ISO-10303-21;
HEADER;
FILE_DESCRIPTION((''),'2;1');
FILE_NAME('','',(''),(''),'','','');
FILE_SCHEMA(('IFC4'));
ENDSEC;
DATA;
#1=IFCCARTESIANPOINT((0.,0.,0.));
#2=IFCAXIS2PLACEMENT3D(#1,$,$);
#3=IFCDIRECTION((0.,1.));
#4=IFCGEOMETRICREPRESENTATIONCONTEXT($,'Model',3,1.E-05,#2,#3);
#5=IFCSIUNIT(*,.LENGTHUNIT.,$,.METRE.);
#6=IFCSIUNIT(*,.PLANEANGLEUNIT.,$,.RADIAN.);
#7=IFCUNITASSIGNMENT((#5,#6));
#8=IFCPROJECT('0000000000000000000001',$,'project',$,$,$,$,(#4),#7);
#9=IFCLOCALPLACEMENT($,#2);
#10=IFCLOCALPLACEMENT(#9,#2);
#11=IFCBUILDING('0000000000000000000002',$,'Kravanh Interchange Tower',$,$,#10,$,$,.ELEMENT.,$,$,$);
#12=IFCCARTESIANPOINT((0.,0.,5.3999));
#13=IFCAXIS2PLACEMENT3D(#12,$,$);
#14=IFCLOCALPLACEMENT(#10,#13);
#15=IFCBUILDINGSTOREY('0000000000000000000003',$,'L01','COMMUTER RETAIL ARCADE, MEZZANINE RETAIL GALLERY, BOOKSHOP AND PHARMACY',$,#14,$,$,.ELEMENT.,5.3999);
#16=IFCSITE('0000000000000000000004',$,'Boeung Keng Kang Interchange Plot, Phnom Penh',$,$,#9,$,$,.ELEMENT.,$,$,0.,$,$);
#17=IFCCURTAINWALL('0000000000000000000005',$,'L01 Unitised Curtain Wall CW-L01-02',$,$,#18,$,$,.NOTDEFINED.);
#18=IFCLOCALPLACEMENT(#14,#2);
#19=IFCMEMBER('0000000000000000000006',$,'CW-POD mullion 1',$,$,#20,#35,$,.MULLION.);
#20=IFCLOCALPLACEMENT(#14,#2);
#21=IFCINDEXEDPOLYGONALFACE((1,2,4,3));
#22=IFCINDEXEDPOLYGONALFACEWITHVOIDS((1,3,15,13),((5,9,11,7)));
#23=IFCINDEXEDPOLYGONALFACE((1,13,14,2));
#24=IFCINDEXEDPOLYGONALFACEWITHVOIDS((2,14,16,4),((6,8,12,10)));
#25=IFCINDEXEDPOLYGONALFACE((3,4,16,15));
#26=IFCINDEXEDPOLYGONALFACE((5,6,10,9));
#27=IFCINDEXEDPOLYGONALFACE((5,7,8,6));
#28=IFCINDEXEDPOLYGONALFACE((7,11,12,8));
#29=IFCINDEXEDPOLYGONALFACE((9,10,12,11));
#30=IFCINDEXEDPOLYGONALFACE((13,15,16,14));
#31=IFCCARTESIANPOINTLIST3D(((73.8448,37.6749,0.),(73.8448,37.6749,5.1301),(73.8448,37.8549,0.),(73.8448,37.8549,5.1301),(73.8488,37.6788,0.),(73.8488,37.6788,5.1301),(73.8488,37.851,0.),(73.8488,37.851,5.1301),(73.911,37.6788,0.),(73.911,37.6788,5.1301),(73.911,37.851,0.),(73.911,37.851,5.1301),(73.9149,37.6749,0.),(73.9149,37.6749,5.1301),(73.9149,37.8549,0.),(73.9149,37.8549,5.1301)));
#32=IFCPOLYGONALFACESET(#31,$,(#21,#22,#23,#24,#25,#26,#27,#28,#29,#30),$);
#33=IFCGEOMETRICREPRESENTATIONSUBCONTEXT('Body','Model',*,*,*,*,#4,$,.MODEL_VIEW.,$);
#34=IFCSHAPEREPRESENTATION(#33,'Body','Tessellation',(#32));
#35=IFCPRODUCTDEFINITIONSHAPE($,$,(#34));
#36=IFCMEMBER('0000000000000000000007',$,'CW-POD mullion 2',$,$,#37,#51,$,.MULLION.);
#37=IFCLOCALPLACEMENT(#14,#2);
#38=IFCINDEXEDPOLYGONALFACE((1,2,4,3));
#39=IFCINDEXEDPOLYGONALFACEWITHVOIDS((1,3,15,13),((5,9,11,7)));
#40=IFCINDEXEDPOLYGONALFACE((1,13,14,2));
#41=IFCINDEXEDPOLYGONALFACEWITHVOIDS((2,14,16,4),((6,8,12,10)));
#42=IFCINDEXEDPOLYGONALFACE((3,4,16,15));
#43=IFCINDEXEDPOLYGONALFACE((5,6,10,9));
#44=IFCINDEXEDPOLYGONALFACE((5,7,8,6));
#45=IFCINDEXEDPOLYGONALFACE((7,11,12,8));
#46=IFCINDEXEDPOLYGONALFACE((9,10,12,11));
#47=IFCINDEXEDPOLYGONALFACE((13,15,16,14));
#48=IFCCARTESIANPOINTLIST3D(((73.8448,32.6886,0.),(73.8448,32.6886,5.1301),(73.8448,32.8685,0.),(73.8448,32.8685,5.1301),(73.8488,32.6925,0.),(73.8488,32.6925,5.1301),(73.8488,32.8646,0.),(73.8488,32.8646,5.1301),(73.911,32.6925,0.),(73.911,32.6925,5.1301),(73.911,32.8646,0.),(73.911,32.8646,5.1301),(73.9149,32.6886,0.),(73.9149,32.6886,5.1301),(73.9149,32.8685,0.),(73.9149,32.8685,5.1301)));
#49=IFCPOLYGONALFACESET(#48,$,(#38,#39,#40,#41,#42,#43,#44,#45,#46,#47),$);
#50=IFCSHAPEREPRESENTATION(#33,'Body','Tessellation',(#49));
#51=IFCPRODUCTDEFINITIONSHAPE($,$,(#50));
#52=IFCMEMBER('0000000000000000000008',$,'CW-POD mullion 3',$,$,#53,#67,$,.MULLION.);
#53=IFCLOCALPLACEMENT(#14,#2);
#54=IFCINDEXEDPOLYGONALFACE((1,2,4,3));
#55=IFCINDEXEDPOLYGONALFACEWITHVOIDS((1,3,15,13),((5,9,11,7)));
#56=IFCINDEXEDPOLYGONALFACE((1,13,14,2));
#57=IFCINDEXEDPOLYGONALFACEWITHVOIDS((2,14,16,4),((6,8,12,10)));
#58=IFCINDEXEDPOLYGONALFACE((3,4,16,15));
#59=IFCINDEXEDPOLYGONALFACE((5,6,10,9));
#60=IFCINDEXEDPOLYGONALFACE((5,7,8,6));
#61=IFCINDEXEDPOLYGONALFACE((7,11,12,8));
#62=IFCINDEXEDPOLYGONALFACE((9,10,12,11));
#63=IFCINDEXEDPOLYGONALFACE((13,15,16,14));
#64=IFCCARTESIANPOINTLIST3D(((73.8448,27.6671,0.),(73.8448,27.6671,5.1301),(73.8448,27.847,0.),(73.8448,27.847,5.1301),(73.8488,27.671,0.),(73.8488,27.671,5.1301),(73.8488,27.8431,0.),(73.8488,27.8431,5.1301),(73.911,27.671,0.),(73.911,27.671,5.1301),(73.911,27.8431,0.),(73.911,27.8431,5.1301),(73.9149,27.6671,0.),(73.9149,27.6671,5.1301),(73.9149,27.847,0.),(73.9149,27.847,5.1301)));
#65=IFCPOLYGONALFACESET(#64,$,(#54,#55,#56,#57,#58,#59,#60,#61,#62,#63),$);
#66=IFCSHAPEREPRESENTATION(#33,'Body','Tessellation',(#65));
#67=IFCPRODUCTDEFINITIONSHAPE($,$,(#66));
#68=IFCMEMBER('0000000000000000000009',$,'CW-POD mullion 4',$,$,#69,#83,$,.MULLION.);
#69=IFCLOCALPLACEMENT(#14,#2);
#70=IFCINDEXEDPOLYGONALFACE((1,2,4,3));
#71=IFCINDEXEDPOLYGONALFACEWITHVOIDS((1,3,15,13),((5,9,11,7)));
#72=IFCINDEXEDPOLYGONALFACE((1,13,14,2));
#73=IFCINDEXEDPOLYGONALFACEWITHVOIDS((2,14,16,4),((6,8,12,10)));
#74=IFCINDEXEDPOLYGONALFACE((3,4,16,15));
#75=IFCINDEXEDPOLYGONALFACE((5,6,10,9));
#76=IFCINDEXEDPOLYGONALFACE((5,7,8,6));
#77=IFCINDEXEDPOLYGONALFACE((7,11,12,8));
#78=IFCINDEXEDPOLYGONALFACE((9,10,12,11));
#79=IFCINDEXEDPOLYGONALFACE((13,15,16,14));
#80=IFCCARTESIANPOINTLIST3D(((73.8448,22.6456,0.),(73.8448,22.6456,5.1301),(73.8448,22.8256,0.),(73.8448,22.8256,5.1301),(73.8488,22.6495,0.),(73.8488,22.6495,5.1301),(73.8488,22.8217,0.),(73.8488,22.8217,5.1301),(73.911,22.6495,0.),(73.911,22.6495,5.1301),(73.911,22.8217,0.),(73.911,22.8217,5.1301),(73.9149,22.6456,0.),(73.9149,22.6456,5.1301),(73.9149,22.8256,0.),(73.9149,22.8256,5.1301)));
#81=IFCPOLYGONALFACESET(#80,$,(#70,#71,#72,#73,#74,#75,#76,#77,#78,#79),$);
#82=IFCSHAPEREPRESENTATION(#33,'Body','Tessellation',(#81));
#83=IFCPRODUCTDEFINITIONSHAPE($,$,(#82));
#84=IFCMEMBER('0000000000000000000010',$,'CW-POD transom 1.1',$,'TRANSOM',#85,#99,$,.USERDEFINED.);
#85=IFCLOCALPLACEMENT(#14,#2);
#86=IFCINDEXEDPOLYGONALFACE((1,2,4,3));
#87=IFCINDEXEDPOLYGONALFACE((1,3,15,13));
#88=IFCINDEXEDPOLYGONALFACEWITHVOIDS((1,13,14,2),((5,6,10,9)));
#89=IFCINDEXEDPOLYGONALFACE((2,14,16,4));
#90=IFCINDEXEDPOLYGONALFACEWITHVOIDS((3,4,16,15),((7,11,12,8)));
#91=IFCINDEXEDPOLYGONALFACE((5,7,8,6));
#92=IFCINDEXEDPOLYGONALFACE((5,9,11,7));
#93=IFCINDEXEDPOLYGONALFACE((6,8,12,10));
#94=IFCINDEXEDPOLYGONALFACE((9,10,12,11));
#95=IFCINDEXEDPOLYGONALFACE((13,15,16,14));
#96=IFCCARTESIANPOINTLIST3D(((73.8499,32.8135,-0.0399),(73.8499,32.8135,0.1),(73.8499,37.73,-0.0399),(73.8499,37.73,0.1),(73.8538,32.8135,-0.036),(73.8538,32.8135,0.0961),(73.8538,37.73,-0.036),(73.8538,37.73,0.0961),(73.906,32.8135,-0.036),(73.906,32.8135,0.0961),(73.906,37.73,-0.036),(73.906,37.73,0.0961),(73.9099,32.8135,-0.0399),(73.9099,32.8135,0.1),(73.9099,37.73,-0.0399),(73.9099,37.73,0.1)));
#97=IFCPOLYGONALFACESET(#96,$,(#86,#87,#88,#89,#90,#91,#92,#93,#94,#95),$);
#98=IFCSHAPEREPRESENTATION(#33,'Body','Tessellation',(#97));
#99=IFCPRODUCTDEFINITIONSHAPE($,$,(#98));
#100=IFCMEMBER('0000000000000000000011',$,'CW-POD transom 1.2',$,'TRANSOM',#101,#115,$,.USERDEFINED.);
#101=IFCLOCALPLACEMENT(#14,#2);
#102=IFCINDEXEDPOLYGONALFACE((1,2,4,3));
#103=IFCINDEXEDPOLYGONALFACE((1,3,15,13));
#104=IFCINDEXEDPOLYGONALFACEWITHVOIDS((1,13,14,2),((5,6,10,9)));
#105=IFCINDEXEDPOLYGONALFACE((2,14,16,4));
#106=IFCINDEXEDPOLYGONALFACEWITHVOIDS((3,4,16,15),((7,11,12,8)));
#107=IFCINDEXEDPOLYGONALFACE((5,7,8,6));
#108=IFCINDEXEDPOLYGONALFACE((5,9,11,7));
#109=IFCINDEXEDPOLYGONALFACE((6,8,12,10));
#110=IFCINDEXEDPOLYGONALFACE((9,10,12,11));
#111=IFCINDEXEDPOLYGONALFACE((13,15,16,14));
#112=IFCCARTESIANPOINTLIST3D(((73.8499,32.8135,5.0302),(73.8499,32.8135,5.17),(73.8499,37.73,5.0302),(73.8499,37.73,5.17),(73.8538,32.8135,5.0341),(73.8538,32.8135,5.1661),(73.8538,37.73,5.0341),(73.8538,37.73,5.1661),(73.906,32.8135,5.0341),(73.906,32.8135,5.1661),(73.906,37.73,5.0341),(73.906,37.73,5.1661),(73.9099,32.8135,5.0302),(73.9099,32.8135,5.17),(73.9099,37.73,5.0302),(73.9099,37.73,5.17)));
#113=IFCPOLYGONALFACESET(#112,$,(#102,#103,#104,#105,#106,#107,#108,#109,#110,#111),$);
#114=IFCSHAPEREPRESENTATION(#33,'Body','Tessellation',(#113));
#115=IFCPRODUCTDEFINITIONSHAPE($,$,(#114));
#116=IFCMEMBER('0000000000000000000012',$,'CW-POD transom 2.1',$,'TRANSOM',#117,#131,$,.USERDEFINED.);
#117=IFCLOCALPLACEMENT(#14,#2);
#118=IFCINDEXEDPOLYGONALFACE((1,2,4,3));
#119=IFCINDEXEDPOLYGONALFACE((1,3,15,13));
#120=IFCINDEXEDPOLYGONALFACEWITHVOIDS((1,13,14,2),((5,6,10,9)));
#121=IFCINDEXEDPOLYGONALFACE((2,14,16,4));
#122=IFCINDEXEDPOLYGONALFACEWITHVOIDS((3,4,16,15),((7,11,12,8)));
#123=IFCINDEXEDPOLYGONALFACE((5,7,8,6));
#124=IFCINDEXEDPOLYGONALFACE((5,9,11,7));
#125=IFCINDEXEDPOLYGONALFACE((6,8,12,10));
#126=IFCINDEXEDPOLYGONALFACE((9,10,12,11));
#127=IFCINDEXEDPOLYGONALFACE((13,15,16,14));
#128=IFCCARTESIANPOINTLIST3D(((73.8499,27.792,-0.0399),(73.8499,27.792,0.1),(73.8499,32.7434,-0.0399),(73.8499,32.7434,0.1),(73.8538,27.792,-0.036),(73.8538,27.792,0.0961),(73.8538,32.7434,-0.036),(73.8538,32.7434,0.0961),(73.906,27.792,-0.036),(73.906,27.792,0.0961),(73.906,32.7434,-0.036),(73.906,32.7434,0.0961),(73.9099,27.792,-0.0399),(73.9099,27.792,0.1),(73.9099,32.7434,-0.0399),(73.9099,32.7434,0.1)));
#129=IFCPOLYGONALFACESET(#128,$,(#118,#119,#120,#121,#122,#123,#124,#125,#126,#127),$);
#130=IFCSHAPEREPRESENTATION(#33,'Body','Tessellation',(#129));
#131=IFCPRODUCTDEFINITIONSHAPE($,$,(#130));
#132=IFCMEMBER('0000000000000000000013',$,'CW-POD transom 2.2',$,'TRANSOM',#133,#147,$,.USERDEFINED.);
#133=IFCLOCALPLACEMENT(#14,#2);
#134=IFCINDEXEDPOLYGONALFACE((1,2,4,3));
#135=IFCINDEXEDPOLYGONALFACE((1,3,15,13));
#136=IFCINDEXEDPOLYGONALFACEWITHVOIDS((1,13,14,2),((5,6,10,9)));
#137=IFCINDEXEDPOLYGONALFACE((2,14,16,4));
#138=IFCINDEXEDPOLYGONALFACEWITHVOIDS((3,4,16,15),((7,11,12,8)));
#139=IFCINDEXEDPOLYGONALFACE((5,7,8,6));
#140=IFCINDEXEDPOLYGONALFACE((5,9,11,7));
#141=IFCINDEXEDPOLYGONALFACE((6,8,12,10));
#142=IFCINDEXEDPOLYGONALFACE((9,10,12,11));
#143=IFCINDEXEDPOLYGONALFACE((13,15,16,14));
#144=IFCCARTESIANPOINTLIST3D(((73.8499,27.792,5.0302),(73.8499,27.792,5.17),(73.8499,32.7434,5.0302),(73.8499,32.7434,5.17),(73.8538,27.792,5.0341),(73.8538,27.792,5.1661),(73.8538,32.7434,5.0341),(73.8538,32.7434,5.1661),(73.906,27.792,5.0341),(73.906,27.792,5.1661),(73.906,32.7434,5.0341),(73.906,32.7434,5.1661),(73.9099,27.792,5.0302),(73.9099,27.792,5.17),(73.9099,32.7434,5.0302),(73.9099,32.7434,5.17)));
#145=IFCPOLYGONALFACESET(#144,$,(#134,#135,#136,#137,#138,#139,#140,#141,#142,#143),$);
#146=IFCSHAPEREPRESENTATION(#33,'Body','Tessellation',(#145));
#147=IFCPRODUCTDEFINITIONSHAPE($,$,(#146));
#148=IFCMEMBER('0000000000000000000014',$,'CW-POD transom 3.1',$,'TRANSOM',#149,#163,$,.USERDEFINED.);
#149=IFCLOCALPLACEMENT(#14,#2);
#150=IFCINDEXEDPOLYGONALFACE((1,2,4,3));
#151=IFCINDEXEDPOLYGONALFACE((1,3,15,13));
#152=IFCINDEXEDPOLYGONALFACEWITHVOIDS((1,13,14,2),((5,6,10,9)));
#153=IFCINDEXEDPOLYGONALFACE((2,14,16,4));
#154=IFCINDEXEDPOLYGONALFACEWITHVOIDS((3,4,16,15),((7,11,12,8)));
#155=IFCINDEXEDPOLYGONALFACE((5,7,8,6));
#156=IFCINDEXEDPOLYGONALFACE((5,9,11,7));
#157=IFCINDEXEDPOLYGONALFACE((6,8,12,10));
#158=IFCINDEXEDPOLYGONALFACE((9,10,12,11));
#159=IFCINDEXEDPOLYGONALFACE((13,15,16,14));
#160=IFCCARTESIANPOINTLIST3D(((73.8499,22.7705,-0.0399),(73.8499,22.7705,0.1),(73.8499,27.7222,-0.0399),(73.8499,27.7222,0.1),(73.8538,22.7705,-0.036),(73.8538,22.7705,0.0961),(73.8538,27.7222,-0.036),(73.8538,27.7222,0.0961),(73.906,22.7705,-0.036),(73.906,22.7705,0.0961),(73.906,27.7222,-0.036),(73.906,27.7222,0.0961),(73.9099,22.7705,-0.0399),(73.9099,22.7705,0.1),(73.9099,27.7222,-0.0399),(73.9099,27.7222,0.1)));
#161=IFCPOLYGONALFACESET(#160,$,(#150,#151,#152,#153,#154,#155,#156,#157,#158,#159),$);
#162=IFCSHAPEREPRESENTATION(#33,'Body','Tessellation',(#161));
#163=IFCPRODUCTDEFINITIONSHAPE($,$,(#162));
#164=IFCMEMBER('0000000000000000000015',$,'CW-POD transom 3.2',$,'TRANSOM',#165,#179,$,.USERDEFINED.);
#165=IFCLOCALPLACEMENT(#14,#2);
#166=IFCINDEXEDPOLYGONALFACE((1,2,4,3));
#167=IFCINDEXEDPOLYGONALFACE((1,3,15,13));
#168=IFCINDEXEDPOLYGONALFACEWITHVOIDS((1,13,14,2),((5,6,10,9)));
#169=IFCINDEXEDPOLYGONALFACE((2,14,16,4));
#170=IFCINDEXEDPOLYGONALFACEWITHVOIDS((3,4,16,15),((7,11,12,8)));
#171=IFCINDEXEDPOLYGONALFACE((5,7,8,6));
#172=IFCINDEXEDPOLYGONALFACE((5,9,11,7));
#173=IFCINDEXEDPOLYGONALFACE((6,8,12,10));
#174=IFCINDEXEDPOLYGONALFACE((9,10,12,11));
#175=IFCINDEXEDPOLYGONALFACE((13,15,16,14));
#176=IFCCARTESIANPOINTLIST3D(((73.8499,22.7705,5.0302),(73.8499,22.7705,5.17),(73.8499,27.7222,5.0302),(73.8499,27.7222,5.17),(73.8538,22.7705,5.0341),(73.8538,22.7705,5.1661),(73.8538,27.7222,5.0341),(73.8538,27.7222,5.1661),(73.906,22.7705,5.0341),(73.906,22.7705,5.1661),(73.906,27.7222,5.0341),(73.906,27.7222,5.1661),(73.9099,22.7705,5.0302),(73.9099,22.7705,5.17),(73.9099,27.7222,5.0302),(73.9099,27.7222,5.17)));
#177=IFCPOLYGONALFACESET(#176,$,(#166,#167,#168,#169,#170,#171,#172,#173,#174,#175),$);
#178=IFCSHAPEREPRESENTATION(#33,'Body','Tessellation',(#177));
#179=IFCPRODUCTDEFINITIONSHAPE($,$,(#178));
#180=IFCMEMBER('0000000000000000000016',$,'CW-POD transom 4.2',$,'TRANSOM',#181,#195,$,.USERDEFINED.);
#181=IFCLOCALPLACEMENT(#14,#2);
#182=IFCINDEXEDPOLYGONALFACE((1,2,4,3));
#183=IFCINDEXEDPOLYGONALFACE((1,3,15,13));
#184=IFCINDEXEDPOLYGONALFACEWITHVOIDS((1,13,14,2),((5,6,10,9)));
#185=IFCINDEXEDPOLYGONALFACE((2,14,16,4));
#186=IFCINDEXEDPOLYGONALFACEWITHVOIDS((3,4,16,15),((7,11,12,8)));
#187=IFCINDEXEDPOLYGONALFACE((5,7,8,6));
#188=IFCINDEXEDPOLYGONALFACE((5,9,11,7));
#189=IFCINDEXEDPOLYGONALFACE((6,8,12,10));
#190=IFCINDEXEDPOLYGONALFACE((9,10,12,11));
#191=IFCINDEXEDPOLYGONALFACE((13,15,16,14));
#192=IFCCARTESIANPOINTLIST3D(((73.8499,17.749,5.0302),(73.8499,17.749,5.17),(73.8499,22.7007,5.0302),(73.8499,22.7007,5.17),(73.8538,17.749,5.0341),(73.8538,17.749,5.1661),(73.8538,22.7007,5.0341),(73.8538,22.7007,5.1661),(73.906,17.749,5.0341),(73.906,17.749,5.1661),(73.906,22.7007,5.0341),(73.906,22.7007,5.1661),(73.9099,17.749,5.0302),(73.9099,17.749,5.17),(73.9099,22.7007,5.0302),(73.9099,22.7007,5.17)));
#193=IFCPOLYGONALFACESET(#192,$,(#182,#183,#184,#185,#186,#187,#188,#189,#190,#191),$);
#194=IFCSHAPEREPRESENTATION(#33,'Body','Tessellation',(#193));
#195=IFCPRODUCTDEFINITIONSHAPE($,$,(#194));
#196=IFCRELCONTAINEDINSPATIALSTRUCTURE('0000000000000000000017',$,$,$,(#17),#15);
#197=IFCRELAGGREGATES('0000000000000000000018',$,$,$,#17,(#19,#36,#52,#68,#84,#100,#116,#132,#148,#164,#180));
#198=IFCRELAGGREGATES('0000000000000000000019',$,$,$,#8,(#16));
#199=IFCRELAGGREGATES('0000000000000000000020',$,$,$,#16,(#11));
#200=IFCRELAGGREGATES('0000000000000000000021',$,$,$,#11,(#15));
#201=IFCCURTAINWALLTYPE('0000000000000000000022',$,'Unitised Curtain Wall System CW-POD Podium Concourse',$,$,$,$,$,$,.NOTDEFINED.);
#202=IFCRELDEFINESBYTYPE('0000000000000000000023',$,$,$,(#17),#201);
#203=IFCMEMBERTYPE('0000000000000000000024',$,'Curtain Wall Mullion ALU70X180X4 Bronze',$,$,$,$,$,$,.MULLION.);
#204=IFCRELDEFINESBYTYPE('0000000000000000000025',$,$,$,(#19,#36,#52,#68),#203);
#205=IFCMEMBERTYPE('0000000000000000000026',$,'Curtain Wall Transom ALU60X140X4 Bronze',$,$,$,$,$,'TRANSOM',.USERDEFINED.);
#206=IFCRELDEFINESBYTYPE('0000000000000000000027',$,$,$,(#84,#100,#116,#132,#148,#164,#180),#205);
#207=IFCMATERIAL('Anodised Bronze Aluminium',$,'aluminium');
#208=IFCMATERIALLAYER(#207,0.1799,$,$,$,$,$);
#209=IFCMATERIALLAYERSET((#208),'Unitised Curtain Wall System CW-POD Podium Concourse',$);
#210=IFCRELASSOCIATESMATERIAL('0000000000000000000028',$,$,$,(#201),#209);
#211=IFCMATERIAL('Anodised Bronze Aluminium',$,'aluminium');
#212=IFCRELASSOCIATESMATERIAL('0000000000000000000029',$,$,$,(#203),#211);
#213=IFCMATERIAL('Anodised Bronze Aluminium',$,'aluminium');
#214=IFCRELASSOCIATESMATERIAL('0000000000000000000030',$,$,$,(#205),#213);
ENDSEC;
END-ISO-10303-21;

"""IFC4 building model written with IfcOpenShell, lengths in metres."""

from ifc_helpers import new_model, si_unit, direction, frame, origin, origin_2d, place, context, subcontext, project, spatial, hollow_rectangle, extrude, material, layer, layer_set, material_profile, profile_set, type_object, element, aggregate, save


model = new_model("IFC4")

# Units and contexts
model_context = context("Model", 3, precision=1e-05, world=origin(), true_north=direction((0.0, 1.0)))
body_context = subcontext(model_context, "Body", "Model", "MODEL_VIEW")
ifc_project = project(units=[si_unit("LENGTHUNIT", "METRE"), si_unit("PLANEANGLEUNIT", "RADIAN")], contexts=[model_context])

# Site, building, storey
site_placement = place(None, origin())
site = spatial("IfcSite", under=ifc_project, at=site_placement, Name="Boeung Keng Kang Interchange Plot, Phnom Penh", CompositionType="ELEMENT", RefElevation=0.0)
building_placement = place(site_placement, origin())
building = spatial("IfcBuilding", under=site, at=building_placement, Name="Kravanh Interchange Tower", CompositionType="ELEMENT")
storey_placement = place(building_placement, frame((0.0, 0.0, 5.3999)))
storey = spatial("IfcBuildingStorey", under=building, at=storey_placement, Name="L01", Description="COMMUTER RETAIL ARCADE, MEZZANINE RETAIL GALLERY, BOOKSHOP AND PHARMACY", CompositionType="ELEMENT", Elevation=5.3999)

# Curtain wall, members
ifc_material_1 = material(Name="Anodised Bronze Aluminium", Category="aluminium")
ifc_layer_1 = layer(ifc_material_1, 0.1799)
ifc_layer_set_1 = layer_set([ifc_layer_1], Name="Unitised Curtain Wall System CW-POD Podium Concourse")
curtain_wall_type = type_object("IfcCurtainWallType", Name="Unitised Curtain Wall System CW-POD Podium Concourse", PredefinedType="NOTDEFINED", material=ifc_layer_set_1)
curtain_wall_placement = place(storey_placement, origin())
curtain_wall = element("IfcCurtainWall", 1, at=curtain_wall_placement, inside=storey, type_object=curtain_wall_type, Name="L01 Unitised Curtain Wall CW-L01-02", PredefinedType="NOTDEFINED")
ifc_material_2 = material(Name="Anodised Bronze Aluminium", Category="aluminium")
ifc_material_profile_1 = material_profile(ifc_material_2, hollow_rectangle(XDim=0.0701, YDim=0.1799, WallThickness=0.0039, at=origin_2d()), Name="ALU70X180X4")
ifc_profile_set_1 = profile_set([ifc_material_profile_1], Name="Anodised Bronze Aluminium")
member_type_1 = type_object("IfcMemberType", Name="Curtain Wall Mullion ALU70X180X4 Bronze", PredefinedType="MULLION", material=ifc_profile_set_1)
member_1_placement = place(storey_placement, frame((73.8799, 37.7649, 0.0), z_axis=(0.0, 0.0, 1.0), x_axis=(1.0, 0.0, 0.0)))
member_1 = element("IfcMember", 2, at=member_1_placement, type_object=member_type_1, Name="CW-POD mullion 1", PredefinedType="MULLION", context=body_context, shape_type="SweptSolid", body=[
    extrude(hollow_rectangle(XDim=0.0701, YDim=0.1799, WallThickness=0.0039, at=origin_2d()), origin(), (0.0, 0.0, 1.0), 5.1301),
])
member_2_placement = place(storey_placement, frame((73.8799, 32.7786, 0.0), z_axis=(0.0, 0.0, 1.0), x_axis=(1.0, 0.0, 0.0)))
member_2 = element("IfcMember", 3, at=member_2_placement, type_object=member_type_1, Name="CW-POD mullion 2", PredefinedType="MULLION", context=body_context, shape_type="SweptSolid", body=[
    extrude(hollow_rectangle(XDim=0.0701, YDim=0.1799, WallThickness=0.0039, at=origin_2d()), origin(), (0.0, 0.0, 1.0), 5.1301),
])
member_3_placement = place(storey_placement, frame((73.8799, 27.7571, 0.0), z_axis=(0.0, 0.0, 1.0), x_axis=(1.0, 0.0, 0.0)))
member_3 = element("IfcMember", 4, at=member_3_placement, type_object=member_type_1, Name="CW-POD mullion 3", PredefinedType="MULLION", context=body_context, shape_type="SweptSolid", body=[
    extrude(hollow_rectangle(XDim=0.0701, YDim=0.1799, WallThickness=0.0039, at=origin_2d()), origin(), (0.0, 0.0, 1.0), 5.1301),
])
member_4_placement = place(storey_placement, frame((73.8799, 22.7356, 0.0), z_axis=(0.0, 0.0, 1.0), x_axis=(1.0, 0.0, 0.0)))
member_4 = element("IfcMember", 5, at=member_4_placement, type_object=member_type_1, Name="CW-POD mullion 4", PredefinedType="MULLION", context=body_context, shape_type="SweptSolid", body=[
    extrude(hollow_rectangle(XDim=0.0701, YDim=0.1799, WallThickness=0.0039, at=origin_2d()), origin(), (0.0, 0.0, 1.0), 5.1301),
])
ifc_material_3 = material(Name="Anodised Bronze Aluminium", Category="aluminium")
ifc_material_profile_2 = material_profile(ifc_material_3, hollow_rectangle(XDim=0.0601, YDim=0.1399, WallThickness=0.0039, at=origin_2d()), Name="ALU60X140X4")
ifc_profile_set_2 = profile_set([ifc_material_profile_2], Name="Anodised Bronze Aluminium")
member_type_2 = type_object("IfcMemberType", Name="Curtain Wall Transom ALU60X140X4 Bronze", ElementType="TRANSOM", PredefinedType="USERDEFINED", material=ifc_profile_set_2)
member_5_placement = place(storey_placement, frame((73.8799, 37.73, 0.03), z_axis=(0.0, -1.0, 0.0), x_axis=(1.0, 0.0, 0.0)))
member_5 = element("IfcMember", 6, at=member_5_placement, type_object=member_type_2, Name="CW-POD transom 1.1", ObjectType="TRANSOM", PredefinedType="USERDEFINED", context=body_context, shape_type="SweptSolid", body=[
    extrude(hollow_rectangle(XDim=0.0601, YDim=0.1399, WallThickness=0.0039, at=origin_2d()), origin(), (0.0, 0.0, 1.0), 4.9165),
])
member_6_placement = place(storey_placement, frame((73.8799, 37.73, 5.1001), z_axis=(0.0, -1.0, 0.0), x_axis=(1.0, 0.0, 0.0)))
member_6 = element("IfcMember", 7, at=member_6_placement, type_object=member_type_2, Name="CW-POD transom 1.2", ObjectType="TRANSOM", PredefinedType="USERDEFINED", context=body_context, shape_type="SweptSolid", body=[
    extrude(hollow_rectangle(XDim=0.0601, YDim=0.1399, WallThickness=0.0039, at=origin_2d()), origin(), (0.0, 0.0, 1.0), 4.9165),
])
member_7_placement = place(storey_placement, frame((73.8799, 32.7434, 0.03), z_axis=(0.0, -1.0, 0.0), x_axis=(1.0, 0.0, 0.0)))
member_7 = element("IfcMember", 8, at=member_7_placement, type_object=member_type_2, Name="CW-POD transom 2.1", ObjectType="TRANSOM", PredefinedType="USERDEFINED", context=body_context, shape_type="SweptSolid", body=[
    extrude(hollow_rectangle(XDim=0.0601, YDim=0.1399, WallThickness=0.0039, at=origin_2d()), origin(), (0.0, 0.0, 1.0), 4.9514),
])
member_8_placement = place(storey_placement, frame((73.8799, 32.7434, 5.1001), z_axis=(0.0, -1.0, 0.0), x_axis=(1.0, 0.0, 0.0)))
member_8 = element("IfcMember", 9, at=member_8_placement, type_object=member_type_2, Name="CW-POD transom 2.2", ObjectType="TRANSOM", PredefinedType="USERDEFINED", context=body_context, shape_type="SweptSolid", body=[
    extrude(hollow_rectangle(XDim=0.0601, YDim=0.1399, WallThickness=0.0039, at=origin_2d()), origin(), (0.0, 0.0, 1.0), 4.9514),
])
member_9_placement = place(storey_placement, frame((73.8799, 27.7222, 0.03), z_axis=(0.0, -1.0, 0.0), x_axis=(1.0, 0.0, 0.0)))
member_9 = element("IfcMember", 10, at=member_9_placement, type_object=member_type_2, Name="CW-POD transom 3.1", ObjectType="TRANSOM", PredefinedType="USERDEFINED", context=body_context, shape_type="SweptSolid", body=[
    extrude(hollow_rectangle(XDim=0.0601, YDim=0.1399, WallThickness=0.0039, at=origin_2d()), origin(), (0.0, 0.0, 1.0), 4.9517),
])
member_10_placement = place(storey_placement, frame((73.8799, 27.7222, 5.1001), z_axis=(0.0, -1.0, 0.0), x_axis=(1.0, 0.0, 0.0)))
member_10 = element("IfcMember", 11, at=member_10_placement, type_object=member_type_2, Name="CW-POD transom 3.2", ObjectType="TRANSOM", PredefinedType="USERDEFINED", context=body_context, shape_type="SweptSolid", body=[
    extrude(hollow_rectangle(XDim=0.0601, YDim=0.1399, WallThickness=0.0039, at=origin_2d()), origin(), (0.0, 0.0, 1.0), 4.9517),
])
member_11_placement = place(storey_placement, frame((73.8799, 22.7007, 5.1001), z_axis=(0.0, -1.0, 0.0), x_axis=(1.0, 0.0, 0.0)))
member_11 = element("IfcMember", 12, at=member_11_placement, type_object=member_type_2, Name="CW-POD transom 4.2", ObjectType="TRANSOM", PredefinedType="USERDEFINED", context=body_context, shape_type="SweptSolid", body=[
    extrude(hollow_rectangle(XDim=0.0601, YDim=0.1399, WallThickness=0.0039, at=origin_2d()), origin(), (0.0, 0.0, 1.0), 4.9517),
])

aggregate(curtain_wall, [member_1, member_2, member_3, member_4, member_5, member_6, member_7, member_8, member_9, member_10, member_11])

save(model, "model.ifc")
